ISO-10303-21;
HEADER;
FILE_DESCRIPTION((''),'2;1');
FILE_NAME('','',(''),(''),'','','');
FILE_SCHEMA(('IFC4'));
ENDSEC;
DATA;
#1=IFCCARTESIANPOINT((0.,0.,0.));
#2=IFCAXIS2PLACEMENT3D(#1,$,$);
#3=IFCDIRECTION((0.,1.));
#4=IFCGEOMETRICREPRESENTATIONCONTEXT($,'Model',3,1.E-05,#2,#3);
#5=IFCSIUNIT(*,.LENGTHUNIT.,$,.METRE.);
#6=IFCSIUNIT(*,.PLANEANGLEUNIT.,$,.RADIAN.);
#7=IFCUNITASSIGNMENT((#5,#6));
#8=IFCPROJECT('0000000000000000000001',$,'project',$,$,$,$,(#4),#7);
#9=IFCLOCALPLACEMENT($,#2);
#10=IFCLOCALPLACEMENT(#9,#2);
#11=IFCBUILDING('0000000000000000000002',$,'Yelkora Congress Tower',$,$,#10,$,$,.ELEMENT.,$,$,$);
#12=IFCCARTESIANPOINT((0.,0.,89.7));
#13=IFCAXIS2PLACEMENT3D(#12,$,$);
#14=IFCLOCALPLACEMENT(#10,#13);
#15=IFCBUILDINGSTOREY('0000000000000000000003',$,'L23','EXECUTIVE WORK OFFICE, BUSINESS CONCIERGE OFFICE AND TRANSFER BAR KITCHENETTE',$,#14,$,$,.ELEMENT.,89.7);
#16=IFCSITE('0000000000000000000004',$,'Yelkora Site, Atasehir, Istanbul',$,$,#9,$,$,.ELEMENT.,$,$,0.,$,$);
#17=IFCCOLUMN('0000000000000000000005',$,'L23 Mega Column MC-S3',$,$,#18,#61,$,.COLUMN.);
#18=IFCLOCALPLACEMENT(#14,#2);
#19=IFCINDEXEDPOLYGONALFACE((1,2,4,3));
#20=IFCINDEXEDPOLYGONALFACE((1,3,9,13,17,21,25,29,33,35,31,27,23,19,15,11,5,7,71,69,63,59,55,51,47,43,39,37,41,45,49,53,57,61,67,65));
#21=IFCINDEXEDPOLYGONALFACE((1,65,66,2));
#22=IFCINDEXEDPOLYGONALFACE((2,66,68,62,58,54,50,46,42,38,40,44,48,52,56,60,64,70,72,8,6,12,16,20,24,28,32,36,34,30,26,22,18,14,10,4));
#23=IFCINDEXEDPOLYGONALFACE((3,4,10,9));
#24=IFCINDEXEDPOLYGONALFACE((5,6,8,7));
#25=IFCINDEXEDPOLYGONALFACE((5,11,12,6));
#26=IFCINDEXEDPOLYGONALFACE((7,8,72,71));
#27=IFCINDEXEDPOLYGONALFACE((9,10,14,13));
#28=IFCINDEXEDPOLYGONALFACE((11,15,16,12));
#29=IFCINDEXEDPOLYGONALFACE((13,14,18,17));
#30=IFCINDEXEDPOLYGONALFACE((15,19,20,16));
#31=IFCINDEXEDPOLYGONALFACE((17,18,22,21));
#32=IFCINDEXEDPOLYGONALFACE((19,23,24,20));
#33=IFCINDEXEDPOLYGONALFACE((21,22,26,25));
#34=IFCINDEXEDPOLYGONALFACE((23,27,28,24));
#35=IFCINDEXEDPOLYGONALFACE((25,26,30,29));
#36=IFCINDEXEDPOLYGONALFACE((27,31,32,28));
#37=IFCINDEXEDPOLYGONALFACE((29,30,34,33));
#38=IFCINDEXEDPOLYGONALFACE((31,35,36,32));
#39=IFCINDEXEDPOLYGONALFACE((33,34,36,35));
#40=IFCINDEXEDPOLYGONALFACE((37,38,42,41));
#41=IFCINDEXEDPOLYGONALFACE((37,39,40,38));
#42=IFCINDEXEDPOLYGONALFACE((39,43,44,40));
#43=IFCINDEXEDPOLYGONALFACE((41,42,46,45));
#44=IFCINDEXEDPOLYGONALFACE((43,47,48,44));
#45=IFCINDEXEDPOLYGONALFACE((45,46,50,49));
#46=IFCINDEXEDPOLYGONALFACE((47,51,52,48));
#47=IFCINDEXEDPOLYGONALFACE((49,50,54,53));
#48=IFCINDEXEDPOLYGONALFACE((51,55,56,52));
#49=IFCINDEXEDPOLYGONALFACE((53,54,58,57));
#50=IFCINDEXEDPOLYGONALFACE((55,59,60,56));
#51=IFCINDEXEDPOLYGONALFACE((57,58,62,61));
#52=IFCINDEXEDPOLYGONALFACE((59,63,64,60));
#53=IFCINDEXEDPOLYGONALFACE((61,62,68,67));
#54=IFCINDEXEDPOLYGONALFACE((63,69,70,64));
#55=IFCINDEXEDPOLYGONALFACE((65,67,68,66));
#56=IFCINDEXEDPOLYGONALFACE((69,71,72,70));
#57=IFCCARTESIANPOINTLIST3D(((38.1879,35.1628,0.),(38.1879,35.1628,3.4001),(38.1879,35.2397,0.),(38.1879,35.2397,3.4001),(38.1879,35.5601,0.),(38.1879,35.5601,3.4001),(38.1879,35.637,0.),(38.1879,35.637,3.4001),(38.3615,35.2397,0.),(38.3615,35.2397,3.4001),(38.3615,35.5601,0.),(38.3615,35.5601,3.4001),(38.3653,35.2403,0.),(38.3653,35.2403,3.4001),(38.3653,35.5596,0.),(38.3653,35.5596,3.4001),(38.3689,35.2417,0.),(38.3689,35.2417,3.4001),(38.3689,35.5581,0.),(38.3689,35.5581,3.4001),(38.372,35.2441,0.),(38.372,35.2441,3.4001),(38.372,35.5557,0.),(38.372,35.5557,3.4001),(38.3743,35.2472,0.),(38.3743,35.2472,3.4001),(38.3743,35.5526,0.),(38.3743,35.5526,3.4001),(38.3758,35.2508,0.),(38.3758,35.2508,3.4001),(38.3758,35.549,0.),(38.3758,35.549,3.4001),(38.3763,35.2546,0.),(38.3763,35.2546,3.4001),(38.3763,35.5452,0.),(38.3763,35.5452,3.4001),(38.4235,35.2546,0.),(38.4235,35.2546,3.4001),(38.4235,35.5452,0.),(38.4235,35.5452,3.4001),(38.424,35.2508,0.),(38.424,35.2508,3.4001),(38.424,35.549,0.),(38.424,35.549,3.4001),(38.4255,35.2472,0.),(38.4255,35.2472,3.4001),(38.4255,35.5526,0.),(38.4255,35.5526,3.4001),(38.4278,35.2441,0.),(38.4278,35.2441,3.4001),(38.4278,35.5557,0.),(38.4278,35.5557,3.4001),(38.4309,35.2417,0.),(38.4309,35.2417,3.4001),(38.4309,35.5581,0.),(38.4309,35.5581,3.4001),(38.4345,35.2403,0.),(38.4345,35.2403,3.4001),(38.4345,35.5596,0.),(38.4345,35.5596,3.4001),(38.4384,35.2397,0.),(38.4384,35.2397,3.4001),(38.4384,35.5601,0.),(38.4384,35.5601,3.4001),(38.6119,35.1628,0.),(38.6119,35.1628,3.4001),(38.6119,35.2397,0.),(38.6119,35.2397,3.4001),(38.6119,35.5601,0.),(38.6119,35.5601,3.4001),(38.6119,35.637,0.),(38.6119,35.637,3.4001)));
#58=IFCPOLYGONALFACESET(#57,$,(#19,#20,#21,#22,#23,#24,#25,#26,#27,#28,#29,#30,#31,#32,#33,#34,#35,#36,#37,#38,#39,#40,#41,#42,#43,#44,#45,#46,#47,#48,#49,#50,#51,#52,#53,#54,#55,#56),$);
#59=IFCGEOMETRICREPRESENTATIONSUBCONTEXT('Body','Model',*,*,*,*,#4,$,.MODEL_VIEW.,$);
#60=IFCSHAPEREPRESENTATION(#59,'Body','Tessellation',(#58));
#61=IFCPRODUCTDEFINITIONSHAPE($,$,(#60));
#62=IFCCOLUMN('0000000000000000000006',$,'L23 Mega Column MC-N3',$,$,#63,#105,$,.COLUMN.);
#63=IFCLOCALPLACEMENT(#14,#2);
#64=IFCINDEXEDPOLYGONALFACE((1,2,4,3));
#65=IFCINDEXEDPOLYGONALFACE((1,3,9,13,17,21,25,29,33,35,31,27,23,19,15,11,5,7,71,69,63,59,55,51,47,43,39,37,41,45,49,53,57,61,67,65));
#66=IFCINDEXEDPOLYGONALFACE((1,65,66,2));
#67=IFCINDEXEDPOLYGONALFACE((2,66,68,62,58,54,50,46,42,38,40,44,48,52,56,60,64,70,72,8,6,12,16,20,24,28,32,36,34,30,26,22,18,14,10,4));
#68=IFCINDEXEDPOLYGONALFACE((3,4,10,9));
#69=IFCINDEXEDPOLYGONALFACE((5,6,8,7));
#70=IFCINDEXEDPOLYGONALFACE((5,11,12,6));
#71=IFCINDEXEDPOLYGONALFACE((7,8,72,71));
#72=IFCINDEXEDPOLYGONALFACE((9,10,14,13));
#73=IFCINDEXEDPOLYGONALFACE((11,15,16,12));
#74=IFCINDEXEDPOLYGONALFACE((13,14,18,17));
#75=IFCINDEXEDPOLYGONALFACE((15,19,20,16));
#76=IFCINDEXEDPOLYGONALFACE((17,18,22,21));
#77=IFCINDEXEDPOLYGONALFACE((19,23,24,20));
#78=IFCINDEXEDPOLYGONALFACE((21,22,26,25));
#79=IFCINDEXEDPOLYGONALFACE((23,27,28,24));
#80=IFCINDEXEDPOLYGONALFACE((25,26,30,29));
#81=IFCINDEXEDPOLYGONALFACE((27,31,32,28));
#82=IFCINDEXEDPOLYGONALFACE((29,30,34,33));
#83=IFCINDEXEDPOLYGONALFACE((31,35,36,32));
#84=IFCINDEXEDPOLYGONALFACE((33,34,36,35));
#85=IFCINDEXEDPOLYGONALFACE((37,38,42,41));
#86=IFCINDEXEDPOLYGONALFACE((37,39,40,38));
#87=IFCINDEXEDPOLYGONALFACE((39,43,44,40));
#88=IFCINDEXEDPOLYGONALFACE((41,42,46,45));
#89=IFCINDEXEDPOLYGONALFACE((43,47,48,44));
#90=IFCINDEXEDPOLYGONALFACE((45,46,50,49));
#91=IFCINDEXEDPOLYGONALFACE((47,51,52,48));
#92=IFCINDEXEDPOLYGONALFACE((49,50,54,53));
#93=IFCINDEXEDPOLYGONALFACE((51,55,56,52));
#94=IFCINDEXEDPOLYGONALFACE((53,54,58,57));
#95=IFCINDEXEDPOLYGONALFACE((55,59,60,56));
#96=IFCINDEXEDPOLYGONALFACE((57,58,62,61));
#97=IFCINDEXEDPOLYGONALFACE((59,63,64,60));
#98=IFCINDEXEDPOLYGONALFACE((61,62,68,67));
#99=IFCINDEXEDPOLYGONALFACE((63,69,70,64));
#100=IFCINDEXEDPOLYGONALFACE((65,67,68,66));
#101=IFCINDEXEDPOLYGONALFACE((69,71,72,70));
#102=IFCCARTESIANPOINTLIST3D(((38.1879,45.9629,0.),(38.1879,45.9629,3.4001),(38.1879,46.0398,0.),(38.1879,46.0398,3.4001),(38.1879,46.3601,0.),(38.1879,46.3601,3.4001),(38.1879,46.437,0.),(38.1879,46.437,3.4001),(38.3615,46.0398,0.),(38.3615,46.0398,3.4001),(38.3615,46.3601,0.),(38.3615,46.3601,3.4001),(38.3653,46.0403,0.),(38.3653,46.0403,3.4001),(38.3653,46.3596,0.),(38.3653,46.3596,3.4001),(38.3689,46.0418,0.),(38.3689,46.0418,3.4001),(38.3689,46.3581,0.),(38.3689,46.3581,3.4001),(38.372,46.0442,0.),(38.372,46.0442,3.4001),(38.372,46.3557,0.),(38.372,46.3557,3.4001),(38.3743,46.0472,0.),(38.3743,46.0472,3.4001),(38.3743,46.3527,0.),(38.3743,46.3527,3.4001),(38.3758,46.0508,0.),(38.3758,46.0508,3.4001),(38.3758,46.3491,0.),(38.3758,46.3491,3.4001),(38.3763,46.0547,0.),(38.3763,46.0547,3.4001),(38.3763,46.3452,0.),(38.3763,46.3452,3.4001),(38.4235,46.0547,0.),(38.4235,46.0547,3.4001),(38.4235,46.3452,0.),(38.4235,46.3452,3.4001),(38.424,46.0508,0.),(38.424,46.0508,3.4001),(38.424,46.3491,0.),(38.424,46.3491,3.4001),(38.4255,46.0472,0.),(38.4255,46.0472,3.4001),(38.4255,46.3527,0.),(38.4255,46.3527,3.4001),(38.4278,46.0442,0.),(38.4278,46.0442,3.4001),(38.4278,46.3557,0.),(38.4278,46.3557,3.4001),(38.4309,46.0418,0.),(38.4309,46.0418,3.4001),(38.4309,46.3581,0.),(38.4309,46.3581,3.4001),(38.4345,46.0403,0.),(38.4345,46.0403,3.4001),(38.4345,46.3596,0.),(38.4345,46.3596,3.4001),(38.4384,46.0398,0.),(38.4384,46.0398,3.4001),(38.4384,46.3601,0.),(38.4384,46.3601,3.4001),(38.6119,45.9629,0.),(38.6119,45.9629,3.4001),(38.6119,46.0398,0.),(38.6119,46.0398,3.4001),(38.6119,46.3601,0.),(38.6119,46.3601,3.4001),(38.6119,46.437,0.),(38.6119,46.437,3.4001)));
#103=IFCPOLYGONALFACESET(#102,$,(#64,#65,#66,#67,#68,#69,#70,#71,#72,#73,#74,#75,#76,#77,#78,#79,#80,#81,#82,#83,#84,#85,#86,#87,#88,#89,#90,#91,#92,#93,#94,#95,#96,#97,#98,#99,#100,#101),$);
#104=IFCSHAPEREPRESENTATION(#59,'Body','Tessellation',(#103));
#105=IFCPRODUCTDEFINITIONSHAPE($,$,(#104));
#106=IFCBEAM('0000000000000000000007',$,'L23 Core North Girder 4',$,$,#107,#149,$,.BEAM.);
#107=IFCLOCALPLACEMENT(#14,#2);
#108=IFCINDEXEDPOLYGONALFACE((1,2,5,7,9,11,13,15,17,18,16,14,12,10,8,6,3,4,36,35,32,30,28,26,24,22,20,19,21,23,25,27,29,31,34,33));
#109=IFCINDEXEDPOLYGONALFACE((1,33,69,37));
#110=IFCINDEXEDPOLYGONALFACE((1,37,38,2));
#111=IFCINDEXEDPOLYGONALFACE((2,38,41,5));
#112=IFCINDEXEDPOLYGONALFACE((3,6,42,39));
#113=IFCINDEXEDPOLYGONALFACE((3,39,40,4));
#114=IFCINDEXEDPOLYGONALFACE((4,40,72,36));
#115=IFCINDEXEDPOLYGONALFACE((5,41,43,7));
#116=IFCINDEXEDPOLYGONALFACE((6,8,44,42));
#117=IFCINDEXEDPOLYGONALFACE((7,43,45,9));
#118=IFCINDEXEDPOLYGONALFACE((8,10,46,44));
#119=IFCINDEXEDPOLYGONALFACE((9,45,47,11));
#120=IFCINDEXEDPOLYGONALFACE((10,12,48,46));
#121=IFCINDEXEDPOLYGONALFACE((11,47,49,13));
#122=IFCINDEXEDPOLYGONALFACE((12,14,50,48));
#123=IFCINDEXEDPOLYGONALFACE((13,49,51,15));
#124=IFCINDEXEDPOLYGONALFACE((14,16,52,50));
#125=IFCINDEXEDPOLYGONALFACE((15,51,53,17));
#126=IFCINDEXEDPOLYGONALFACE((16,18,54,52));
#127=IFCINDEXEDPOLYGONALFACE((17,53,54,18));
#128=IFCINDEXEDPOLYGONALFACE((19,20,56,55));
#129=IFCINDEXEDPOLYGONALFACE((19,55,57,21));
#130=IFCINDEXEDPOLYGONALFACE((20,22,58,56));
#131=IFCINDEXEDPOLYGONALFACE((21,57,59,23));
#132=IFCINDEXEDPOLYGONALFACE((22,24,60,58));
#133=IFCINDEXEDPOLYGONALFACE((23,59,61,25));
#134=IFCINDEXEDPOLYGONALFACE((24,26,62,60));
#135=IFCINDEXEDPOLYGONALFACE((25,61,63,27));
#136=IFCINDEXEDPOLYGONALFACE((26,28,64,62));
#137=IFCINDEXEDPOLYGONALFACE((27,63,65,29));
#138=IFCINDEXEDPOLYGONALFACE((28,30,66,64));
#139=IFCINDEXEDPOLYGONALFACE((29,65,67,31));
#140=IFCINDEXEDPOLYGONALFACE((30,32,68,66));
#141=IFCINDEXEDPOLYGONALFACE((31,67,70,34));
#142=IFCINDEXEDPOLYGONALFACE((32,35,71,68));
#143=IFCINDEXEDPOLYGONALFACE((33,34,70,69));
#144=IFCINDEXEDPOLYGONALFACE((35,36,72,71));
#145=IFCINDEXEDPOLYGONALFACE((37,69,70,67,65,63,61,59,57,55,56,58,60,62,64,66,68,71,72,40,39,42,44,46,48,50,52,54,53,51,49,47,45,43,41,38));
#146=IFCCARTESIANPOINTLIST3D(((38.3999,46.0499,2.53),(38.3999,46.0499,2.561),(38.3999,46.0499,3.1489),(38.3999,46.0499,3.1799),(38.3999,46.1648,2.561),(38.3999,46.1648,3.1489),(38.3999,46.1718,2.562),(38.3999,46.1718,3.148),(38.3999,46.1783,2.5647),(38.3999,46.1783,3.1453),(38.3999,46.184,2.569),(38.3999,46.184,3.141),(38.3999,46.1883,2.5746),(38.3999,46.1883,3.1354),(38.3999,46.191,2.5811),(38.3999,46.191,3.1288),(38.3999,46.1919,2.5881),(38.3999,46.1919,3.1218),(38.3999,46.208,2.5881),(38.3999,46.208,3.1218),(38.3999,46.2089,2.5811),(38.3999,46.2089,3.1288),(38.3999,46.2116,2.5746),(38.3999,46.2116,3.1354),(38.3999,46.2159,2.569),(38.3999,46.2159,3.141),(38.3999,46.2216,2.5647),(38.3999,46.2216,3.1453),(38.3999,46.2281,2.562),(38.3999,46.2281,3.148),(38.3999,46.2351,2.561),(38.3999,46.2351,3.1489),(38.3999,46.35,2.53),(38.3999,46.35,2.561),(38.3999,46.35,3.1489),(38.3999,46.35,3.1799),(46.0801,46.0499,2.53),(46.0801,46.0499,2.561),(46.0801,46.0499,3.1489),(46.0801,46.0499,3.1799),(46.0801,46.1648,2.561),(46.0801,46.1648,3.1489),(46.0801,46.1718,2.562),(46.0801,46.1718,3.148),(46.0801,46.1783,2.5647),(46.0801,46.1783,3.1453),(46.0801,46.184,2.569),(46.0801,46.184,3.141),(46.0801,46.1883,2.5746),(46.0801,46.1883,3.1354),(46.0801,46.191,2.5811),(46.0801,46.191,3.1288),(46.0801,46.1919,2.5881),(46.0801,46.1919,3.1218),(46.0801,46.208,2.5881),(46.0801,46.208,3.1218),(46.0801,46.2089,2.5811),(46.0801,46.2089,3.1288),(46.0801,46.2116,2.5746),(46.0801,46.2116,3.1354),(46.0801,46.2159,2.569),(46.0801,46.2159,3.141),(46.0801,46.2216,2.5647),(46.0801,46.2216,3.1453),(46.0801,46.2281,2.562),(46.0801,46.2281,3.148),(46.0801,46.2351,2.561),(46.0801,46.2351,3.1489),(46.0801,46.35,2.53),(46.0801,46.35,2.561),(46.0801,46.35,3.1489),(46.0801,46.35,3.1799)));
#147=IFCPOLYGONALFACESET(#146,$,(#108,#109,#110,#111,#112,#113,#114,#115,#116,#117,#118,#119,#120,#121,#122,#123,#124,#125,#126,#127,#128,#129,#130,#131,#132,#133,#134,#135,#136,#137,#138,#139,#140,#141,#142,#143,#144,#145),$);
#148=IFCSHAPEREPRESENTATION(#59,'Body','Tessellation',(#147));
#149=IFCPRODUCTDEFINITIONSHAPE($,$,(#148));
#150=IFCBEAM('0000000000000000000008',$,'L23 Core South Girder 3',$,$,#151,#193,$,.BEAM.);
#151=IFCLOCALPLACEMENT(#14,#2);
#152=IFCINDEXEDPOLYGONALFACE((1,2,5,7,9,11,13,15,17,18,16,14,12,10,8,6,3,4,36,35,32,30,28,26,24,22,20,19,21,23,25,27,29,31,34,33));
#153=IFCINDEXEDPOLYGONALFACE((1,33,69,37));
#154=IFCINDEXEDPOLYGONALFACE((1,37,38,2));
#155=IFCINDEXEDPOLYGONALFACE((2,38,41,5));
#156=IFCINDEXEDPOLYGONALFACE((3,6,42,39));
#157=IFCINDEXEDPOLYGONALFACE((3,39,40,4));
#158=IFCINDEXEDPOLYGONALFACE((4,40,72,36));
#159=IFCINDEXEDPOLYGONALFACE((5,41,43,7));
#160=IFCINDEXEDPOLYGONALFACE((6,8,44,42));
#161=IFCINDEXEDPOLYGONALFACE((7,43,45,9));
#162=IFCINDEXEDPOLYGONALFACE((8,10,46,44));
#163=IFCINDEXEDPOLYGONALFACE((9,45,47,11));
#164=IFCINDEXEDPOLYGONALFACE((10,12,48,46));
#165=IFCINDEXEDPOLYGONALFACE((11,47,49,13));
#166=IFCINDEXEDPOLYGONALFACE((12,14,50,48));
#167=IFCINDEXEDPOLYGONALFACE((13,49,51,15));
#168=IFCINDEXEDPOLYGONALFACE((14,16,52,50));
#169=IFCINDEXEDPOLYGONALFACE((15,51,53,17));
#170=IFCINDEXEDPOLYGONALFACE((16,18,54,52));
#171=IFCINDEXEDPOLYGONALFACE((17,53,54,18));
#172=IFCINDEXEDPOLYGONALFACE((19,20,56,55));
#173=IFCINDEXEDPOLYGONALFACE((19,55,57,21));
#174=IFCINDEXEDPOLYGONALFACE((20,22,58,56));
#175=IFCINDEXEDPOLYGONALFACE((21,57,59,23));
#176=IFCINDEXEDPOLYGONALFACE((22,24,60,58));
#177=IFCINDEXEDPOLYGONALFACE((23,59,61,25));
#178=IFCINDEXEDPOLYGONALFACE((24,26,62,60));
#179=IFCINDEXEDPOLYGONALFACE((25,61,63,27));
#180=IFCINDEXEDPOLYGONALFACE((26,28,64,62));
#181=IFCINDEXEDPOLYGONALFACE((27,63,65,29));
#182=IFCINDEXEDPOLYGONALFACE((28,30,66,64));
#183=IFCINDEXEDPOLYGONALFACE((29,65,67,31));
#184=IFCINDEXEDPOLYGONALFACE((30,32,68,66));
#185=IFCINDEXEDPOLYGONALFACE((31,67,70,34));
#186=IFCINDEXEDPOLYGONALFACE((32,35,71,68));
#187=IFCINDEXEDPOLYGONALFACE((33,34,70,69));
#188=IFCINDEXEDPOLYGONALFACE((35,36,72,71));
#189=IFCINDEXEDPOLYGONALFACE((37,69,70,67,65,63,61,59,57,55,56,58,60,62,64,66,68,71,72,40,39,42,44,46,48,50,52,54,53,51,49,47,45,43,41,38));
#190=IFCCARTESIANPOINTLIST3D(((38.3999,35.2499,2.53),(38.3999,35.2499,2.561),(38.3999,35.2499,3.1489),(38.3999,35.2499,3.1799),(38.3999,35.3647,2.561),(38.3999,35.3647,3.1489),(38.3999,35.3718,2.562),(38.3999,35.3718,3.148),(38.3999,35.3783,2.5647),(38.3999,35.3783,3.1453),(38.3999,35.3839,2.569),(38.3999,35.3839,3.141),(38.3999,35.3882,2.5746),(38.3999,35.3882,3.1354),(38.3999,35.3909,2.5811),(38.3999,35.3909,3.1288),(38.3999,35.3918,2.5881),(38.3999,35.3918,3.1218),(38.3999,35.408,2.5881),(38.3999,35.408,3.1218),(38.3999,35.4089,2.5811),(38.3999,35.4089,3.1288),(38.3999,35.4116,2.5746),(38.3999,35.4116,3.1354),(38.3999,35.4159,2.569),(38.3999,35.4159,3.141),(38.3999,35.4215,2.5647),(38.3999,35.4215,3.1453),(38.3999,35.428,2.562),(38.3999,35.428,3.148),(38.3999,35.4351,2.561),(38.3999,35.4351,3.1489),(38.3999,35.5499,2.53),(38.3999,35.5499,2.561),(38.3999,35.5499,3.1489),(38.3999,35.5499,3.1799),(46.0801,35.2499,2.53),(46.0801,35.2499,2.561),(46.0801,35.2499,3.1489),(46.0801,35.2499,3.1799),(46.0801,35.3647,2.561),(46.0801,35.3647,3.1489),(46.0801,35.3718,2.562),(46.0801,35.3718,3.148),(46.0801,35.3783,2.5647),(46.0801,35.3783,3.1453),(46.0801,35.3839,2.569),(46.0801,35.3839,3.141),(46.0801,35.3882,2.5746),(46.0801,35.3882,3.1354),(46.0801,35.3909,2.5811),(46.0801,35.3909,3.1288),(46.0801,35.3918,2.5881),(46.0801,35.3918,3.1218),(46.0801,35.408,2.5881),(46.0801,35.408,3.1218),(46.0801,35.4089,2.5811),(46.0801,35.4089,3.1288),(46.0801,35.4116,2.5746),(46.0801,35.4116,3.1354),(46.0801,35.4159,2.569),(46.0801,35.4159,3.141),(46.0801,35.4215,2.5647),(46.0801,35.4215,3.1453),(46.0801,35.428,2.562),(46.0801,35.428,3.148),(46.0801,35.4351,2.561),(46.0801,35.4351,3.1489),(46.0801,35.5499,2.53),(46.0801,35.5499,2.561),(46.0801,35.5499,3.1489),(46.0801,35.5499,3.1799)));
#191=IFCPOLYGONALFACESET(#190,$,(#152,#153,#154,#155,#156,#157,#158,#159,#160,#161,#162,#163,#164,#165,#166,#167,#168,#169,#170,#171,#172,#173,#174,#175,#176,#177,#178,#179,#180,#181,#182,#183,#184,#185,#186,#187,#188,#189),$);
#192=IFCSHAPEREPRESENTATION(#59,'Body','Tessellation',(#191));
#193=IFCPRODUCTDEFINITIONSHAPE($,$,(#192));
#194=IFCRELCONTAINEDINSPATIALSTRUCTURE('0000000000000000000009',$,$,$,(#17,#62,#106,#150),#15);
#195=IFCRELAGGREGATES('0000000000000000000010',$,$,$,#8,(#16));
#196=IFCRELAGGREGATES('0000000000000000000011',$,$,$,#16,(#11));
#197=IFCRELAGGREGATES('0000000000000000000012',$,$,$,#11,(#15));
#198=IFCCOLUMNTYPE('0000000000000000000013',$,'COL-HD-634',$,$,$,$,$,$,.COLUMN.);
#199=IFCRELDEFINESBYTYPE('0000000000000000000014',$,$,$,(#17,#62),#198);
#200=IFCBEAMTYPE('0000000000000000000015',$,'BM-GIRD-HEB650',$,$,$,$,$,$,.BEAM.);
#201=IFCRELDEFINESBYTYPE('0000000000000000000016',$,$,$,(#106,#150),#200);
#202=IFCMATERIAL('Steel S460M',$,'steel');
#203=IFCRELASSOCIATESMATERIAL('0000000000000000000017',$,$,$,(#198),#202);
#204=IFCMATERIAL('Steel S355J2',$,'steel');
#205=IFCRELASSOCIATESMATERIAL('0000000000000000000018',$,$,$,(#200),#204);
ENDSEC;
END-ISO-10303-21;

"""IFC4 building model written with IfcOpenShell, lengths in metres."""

from ifc_helpers import new_model, si_unit, direction, frame, origin, origin_2d, place, context, subcontext, project, spatial, i_section, extrude, material, material_profile, profile_set, type_object, element, save


model = new_model("IFC4")

# Units and contexts
model_context = context("Model", 3, precision=1e-05, world=origin(), true_north=direction((0.0, 1.0)))
body_context = subcontext(model_context, "Body", "Model", "MODEL_VIEW")
ifc_project = project(units=[si_unit("LENGTHUNIT", "METRE"), si_unit("PLANEANGLEUNIT", "RADIAN")], contexts=[model_context])

# Site, building, storey
site_placement = place(None, origin())
site = spatial("IfcSite", under=ifc_project, at=site_placement, Name="Yelkora Site, Atasehir, Istanbul", CompositionType="ELEMENT", RefElevation=0.0)
building_placement = place(site_placement, origin())
building = spatial("IfcBuilding", under=site, at=building_placement, Name="Yelkora Congress Tower", CompositionType="ELEMENT")
storey_placement = place(building_placement, frame((0.0, 0.0, 89.7)))
storey = spatial("IfcBuildingStorey", under=building, at=storey_placement, Name="L23", Description="EXECUTIVE WORK OFFICE, BUSINESS CONCIERGE OFFICE AND TRANSFER BAR KITCHENETTE", CompositionType="ELEMENT", Elevation=89.7)

# Columns
ifc_material_1 = material(Name="Steel S460M", Category="steel")
ifc_material_profile_1 = material_profile(ifc_material_1, i_section(OverallWidth=0.4241, OverallDepth=0.4741, WebThickness=0.0471, FlangeThickness=0.0769, FilletRadius=0.0149, at=origin_2d()), Name="HD 400x634")
ifc_profile_set_1 = profile_set([ifc_material_profile_1], Name="Steel S460M")
column_type = type_object("IfcColumnType", Name="COL-HD-634", PredefinedType="COLUMN", material=ifc_profile_set_1)
for number, where, z_axis, x_axis, name in (
    (1, (38.3999, 35.3999, 0.0), (0.0, 0.0, 1.0), (1.0, 0.0, 0.0), "L23 Mega Column MC-S3"),
    (2, (38.3999, 46.2, 0.0), (0.0, 0.0, 1.0), (1.0, 0.0, 0.0), "L23 Mega Column MC-N3"),
):
    element("IfcColumn", number, at=place(storey_placement, frame(where, z_axis=z_axis, x_axis=x_axis)), inside=storey, type_object=column_type, Name=name, PredefinedType="COLUMN", context=body_context, shape_type="SweptSolid", body=[
        extrude(i_section(OverallWidth=0.4241, OverallDepth=0.4741, WebThickness=0.0471, FlangeThickness=0.0769, FilletRadius=0.0149, at=origin_2d()), origin(), (0.0, 0.0, 1.0), 3.4001),
    ])

# Beams
ifc_material_2 = material(Name="Steel S355J2", Category="steel")
ifc_material_profile_2 = material_profile(ifc_material_2, i_section(OverallWidth=0.3, OverallDepth=0.6499, WebThickness=0.0161, FlangeThickness=0.031, FilletRadius=0.0271, at=origin_2d()), Name="HEB 650")
ifc_profile_set_2 = profile_set([ifc_material_profile_2], Name="Steel S355J2")
beam_type = type_object("IfcBeamType", Name="BM-GIRD-HEB650", PredefinedType="BEAM", material=ifc_profile_set_2)
for number, where, z_axis, x_axis, name in (
    (3, (38.3999, 46.2, 2.855), (1.0, 0.0, 0.0), (0.0, 1.0, 0.0), "L23 Core North Girder 4"),
    (4, (38.3999, 35.3999, 2.855), (1.0, 0.0, 0.0), (0.0, 1.0, 0.0), "L23 Core South Girder 3"),
):
    element("IfcBeam", number, at=place(storey_placement, frame(where, z_axis=z_axis, x_axis=x_axis)), inside=storey, type_object=beam_type, Name=name, PredefinedType="BEAM", context=body_context, shape_type="SweptSolid", body=[
        extrude(i_section(OverallWidth=0.3, OverallDepth=0.6499, WebThickness=0.0161, FlangeThickness=0.031, FilletRadius=0.0271, at=origin_2d()), origin(), (0.0, 0.0, 1.0), 7.6802),
    ])

save(model, "model.ifc")
